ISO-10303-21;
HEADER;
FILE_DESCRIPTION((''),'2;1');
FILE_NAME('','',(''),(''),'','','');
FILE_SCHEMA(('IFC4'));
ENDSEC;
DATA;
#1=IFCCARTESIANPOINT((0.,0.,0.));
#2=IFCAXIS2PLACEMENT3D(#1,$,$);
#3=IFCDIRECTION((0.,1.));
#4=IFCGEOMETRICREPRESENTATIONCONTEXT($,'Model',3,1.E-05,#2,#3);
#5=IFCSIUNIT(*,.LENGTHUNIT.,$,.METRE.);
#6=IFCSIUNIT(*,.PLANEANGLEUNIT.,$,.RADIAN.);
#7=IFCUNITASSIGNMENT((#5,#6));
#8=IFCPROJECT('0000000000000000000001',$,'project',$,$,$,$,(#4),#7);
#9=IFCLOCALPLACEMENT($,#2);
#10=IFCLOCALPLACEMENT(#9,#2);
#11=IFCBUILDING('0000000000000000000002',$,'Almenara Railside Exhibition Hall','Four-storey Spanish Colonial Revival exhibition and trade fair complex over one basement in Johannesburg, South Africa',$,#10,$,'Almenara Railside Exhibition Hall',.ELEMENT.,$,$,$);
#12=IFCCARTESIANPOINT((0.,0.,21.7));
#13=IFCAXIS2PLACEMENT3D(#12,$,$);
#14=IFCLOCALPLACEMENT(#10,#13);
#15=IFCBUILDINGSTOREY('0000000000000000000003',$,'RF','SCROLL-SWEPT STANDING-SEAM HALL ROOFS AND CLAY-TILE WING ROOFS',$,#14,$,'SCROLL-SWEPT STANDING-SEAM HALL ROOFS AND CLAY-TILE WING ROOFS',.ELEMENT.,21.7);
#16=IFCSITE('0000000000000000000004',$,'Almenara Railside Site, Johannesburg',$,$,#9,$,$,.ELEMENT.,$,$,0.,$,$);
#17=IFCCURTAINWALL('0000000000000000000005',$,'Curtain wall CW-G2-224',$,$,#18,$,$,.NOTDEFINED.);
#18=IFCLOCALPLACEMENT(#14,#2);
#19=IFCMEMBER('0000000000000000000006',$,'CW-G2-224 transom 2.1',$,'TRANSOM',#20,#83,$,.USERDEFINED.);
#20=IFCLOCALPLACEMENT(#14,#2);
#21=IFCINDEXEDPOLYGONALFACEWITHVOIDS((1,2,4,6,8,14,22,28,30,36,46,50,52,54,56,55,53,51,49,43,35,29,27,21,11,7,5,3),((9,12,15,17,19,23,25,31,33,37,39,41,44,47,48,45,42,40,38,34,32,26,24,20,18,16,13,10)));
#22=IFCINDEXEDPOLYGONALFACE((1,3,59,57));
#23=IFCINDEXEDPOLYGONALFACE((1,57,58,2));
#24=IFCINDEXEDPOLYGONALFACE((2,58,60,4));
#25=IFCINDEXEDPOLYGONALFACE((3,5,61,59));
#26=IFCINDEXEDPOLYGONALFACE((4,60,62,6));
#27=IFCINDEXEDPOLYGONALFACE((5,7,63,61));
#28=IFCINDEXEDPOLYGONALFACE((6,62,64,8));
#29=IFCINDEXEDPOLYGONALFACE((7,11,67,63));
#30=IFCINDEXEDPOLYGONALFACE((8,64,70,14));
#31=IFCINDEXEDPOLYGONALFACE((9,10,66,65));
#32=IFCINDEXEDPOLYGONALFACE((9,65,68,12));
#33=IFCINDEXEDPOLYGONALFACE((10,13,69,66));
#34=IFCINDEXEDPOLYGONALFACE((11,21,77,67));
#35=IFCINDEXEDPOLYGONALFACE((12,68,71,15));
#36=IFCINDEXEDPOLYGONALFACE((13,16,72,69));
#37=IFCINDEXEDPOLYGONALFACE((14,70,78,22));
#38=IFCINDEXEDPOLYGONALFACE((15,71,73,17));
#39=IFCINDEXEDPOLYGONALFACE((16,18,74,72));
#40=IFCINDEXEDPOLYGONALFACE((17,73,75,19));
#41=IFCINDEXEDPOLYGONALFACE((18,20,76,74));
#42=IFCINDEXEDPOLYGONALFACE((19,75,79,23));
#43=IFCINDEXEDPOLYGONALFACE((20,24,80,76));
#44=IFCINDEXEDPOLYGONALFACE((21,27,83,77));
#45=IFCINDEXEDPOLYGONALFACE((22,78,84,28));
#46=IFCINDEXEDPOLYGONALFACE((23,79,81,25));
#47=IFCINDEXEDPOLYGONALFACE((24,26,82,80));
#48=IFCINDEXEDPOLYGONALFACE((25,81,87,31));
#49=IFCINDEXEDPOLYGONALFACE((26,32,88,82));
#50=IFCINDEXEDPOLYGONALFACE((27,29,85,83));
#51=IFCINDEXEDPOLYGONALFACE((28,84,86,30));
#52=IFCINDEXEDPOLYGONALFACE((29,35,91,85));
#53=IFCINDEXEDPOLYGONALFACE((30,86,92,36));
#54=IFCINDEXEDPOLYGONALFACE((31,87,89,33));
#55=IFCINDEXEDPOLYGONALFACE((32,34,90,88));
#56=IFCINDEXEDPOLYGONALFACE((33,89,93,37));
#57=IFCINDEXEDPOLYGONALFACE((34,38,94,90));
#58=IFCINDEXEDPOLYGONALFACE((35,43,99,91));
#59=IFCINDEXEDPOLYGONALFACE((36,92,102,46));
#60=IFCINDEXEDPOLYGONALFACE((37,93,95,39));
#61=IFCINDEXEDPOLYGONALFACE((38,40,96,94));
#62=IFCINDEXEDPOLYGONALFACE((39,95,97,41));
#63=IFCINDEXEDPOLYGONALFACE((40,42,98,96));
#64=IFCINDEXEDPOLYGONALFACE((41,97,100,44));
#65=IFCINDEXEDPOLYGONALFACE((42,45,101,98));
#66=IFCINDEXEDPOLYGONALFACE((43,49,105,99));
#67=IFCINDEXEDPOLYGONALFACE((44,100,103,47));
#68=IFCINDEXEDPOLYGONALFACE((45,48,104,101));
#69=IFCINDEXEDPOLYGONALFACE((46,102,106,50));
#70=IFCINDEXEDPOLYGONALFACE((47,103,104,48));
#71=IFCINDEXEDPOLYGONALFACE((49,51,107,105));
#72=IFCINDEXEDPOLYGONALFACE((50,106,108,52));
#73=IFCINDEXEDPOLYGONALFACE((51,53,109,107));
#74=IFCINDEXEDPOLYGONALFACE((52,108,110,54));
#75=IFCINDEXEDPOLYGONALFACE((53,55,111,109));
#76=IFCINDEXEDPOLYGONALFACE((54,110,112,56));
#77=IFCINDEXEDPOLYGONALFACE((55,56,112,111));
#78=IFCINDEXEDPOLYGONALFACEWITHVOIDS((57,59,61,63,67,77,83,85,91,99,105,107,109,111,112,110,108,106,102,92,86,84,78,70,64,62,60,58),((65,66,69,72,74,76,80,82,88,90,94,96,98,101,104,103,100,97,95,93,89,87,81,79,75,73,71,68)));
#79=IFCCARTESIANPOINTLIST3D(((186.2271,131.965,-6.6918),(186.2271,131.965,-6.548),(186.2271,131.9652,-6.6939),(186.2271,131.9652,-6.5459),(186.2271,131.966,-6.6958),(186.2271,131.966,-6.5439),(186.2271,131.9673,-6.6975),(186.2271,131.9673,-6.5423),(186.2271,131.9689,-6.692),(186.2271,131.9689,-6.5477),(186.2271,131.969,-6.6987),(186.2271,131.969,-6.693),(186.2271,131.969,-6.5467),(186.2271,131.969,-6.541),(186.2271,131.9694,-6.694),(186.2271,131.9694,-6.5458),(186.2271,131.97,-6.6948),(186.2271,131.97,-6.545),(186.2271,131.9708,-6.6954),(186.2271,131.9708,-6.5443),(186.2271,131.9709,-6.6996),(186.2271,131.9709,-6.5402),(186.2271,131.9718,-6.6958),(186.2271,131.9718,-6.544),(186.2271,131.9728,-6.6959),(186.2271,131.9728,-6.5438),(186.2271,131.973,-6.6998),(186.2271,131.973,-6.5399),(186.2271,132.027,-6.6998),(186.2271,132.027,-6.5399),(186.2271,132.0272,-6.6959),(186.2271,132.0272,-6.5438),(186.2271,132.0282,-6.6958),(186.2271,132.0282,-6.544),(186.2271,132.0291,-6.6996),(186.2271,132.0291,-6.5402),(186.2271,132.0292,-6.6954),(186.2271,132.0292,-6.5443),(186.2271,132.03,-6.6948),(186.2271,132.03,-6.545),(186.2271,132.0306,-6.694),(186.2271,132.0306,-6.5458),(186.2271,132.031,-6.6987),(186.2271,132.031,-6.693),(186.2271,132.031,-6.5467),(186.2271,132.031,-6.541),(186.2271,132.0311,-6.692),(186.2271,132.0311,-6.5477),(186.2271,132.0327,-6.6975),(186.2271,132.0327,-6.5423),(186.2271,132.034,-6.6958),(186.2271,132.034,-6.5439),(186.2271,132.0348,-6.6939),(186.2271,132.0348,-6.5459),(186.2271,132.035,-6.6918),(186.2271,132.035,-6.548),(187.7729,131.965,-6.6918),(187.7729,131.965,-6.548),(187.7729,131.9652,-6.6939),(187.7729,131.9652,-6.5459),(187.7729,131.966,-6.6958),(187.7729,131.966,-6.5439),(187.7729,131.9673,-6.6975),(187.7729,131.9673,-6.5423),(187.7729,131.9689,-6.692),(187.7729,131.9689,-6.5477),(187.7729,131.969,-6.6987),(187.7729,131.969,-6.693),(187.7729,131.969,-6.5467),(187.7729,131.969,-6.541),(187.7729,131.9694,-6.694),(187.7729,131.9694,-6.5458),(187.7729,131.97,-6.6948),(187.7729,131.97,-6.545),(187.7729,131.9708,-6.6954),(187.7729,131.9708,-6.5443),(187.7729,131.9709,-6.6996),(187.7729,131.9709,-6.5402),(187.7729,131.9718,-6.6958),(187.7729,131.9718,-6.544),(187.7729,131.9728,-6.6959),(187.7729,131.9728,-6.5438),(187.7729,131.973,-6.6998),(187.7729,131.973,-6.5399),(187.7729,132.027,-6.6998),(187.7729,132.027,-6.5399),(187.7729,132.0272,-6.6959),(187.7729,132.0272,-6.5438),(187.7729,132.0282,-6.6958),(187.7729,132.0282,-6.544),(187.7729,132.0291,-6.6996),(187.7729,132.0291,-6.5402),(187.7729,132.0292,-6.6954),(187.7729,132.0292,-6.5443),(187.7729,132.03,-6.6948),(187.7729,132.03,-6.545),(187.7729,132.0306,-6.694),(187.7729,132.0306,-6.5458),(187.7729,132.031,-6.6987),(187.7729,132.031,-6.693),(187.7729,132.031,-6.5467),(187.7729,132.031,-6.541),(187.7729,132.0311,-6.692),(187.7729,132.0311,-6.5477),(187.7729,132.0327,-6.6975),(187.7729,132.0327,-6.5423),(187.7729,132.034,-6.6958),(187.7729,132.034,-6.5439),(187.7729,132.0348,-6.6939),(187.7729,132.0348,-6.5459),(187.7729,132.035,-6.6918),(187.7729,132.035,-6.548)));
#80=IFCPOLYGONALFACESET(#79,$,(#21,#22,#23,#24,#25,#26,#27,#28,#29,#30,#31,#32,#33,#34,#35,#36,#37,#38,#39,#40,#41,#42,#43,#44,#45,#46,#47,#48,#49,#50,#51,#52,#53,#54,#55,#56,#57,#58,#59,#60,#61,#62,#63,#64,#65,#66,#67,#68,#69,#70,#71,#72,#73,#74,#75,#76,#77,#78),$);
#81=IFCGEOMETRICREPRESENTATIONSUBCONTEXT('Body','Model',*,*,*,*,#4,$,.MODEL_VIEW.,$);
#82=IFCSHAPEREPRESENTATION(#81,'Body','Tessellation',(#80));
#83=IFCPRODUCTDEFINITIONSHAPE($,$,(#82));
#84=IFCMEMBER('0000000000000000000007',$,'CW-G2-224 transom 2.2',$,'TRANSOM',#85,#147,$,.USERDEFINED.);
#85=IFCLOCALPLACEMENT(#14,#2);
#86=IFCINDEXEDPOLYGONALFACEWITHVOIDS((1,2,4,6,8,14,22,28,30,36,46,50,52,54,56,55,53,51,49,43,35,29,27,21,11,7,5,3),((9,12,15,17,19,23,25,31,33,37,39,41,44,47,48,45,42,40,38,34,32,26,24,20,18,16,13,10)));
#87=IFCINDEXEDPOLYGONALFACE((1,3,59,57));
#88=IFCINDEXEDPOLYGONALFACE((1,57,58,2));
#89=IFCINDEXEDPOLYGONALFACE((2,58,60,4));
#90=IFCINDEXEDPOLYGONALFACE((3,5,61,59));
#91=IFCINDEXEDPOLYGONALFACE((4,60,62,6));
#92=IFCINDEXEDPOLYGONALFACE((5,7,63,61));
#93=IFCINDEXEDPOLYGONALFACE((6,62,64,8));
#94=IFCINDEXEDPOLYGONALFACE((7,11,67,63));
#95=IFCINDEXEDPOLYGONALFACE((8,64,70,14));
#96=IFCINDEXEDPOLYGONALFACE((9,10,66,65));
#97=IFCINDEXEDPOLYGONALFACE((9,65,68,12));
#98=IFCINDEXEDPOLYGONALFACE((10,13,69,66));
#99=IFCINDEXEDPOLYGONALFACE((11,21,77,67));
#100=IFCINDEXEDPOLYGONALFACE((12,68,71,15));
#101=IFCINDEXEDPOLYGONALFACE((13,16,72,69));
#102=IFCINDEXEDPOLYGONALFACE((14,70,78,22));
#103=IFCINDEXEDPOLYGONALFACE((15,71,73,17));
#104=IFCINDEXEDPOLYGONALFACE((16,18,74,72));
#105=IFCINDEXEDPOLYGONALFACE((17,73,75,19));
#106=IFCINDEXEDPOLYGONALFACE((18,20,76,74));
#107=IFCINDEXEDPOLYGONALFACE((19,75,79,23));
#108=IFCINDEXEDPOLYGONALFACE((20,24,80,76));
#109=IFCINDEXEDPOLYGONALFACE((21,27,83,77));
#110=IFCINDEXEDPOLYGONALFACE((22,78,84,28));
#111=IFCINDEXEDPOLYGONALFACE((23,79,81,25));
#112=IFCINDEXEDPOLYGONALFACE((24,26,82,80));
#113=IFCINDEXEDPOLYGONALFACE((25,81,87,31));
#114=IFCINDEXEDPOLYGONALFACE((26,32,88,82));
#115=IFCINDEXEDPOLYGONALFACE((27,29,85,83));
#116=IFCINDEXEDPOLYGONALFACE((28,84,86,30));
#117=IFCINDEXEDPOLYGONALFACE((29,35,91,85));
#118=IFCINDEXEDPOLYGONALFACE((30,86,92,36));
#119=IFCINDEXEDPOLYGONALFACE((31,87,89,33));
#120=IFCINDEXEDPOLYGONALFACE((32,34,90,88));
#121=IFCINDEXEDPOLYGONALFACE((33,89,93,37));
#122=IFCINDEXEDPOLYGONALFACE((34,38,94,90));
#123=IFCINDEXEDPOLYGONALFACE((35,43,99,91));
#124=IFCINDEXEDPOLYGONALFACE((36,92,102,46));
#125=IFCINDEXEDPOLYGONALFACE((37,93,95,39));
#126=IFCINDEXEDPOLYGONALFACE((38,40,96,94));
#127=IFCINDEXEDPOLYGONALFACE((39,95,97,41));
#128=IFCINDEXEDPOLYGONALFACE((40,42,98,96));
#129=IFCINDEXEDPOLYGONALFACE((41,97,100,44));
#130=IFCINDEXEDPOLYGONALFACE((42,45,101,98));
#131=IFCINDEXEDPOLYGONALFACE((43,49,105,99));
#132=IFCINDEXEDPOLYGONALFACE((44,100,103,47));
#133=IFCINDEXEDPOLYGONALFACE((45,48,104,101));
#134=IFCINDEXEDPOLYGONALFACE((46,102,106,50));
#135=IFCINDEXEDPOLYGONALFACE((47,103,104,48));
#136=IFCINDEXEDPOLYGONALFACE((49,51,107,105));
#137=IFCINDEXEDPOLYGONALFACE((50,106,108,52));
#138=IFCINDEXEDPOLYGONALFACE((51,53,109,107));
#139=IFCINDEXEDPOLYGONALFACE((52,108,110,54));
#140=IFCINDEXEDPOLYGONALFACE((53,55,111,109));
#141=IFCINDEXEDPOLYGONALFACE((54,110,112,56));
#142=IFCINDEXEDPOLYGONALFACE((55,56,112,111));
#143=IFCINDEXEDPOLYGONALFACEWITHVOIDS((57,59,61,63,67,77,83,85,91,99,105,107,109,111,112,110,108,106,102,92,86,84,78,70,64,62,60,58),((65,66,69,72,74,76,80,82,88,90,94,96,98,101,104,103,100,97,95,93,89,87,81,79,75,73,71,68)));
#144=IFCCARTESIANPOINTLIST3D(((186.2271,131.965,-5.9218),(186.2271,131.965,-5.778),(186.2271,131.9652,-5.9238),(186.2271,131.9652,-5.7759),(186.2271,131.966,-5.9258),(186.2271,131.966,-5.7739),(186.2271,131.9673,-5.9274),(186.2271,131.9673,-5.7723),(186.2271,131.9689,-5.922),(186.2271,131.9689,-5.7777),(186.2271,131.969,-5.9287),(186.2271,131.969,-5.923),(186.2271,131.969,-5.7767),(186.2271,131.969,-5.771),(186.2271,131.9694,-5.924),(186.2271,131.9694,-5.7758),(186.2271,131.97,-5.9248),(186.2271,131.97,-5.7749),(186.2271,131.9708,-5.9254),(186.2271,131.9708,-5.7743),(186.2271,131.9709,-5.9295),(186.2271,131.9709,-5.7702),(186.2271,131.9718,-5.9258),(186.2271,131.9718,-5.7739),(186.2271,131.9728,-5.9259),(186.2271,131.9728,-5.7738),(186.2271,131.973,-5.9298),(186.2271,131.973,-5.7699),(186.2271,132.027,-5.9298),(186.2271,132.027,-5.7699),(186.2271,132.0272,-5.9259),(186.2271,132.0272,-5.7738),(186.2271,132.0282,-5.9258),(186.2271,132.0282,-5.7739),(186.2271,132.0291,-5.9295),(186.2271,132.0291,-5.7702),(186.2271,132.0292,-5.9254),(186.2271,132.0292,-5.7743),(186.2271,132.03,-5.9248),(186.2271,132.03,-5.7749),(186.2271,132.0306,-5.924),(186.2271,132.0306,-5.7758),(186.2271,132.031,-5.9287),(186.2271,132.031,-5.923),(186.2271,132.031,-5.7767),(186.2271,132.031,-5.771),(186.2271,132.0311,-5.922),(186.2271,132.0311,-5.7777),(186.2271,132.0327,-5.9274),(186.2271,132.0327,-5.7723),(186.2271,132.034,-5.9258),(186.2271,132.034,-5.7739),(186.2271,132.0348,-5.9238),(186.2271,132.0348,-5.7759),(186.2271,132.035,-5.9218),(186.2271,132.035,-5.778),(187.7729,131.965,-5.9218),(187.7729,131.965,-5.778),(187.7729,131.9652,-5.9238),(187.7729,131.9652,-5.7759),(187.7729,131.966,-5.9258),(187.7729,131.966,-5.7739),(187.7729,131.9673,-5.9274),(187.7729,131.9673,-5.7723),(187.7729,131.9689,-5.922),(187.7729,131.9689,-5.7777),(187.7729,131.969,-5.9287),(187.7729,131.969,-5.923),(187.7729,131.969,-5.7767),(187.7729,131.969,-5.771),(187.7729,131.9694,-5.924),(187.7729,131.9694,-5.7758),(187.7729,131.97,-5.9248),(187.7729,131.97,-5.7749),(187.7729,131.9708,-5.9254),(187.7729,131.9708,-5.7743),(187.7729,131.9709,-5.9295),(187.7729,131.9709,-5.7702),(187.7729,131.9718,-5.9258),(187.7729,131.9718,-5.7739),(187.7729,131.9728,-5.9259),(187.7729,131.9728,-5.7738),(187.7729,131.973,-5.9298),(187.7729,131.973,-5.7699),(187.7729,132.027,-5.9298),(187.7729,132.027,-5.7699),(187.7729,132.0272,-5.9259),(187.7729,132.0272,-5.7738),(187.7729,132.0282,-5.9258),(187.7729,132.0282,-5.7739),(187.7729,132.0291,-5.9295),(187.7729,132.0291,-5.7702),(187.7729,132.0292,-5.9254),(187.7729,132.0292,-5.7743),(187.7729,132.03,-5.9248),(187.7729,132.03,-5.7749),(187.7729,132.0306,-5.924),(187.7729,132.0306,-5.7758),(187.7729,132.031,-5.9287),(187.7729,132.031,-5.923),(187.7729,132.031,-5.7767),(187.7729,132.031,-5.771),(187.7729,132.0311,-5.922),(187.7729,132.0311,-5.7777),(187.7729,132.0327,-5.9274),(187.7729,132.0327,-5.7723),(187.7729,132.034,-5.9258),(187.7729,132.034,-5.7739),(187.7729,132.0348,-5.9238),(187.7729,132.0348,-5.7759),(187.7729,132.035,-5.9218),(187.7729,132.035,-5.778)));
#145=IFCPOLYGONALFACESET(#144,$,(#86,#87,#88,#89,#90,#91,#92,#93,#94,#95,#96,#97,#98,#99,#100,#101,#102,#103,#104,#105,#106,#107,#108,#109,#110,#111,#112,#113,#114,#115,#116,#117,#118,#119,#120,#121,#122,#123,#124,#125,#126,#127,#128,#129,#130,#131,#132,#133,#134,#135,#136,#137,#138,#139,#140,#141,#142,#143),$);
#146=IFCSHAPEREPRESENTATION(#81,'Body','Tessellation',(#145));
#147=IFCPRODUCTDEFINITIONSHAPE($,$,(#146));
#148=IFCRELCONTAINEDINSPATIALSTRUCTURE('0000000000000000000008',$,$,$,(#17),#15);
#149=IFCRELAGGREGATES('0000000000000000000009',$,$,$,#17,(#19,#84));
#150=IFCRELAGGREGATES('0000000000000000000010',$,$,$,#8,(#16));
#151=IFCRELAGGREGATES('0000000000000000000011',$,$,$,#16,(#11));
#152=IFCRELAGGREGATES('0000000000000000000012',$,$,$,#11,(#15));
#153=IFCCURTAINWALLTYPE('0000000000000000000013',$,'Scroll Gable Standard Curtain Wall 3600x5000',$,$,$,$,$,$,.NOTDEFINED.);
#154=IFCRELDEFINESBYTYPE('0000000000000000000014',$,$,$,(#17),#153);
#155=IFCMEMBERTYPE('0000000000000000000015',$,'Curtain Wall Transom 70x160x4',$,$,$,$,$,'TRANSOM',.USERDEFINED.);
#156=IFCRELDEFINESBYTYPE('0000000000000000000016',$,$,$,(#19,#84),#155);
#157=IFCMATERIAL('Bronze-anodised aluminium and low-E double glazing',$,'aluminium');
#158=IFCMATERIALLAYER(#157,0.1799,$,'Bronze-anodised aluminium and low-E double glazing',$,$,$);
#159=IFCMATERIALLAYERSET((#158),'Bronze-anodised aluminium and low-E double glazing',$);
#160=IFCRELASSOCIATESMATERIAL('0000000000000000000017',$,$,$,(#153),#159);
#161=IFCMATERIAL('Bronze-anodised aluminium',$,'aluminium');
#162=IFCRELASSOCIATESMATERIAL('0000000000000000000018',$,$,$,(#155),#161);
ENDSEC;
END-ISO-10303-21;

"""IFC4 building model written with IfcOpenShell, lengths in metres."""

from ifc_helpers import new_model, si_unit, direction, frame, origin, origin_2d, place, context, subcontext, project, spatial, hollow_rectangle, extrude, material, layer, layer_set, material_profile, profile_set, type_object, element, aggregate, save


model = new_model("IFC4")

# Units and contexts
model_context = context("Model", 3, precision=1e-05, world=origin(), true_north=direction((0.0, 1.0)))
body_context = subcontext(model_context, "Body", "Model", "MODEL_VIEW")
ifc_project = project(units=[si_unit("LENGTHUNIT", "METRE"), si_unit("PLANEANGLEUNIT", "RADIAN")], contexts=[model_context])

# Site, building, storey
site_placement = place(None, origin())
site = spatial("IfcSite", under=ifc_project, at=site_placement, Name="Almenara Railside Site, Johannesburg", CompositionType="ELEMENT", RefElevation=0.0)
building_placement = place(site_placement, origin())
building = spatial("IfcBuilding", under=site, at=building_placement, Name="Almenara Railside Exhibition Hall", Description="Four-storey Spanish Colonial Revival exhibition and trade fair complex over one basement in Johannesburg, South Africa", LongName="Almenara Railside Exhibition Hall", CompositionType="ELEMENT")
storey_placement = place(building_placement, frame((0.0, 0.0, 21.7)))
storey = spatial("IfcBuildingStorey", under=building, at=storey_placement, Name="RF", Description="SCROLL-SWEPT STANDING-SEAM HALL ROOFS AND CLAY-TILE WING ROOFS", LongName="SCROLL-SWEPT STANDING-SEAM HALL ROOFS AND CLAY-TILE WING ROOFS", CompositionType="ELEMENT", Elevation=21.7)

# Curtain wall
ifc_material_1 = material(Name="Bronze-anodised aluminium and low-E double glazing", Category="aluminium")
ifc_material_2 = material(Name="Bronze-anodised aluminium", Category="aluminium")
ifc_layer_1 = layer(ifc_material_1, 0.1799, Name="Bronze-anodised aluminium and low-E double glazing")
ifc_layer_set_1 = layer_set([ifc_layer_1], Name="Bronze-anodised aluminium and low-E double glazing")
curtain_wall_type_1 = type_object("IfcCurtainWallType", Name="Scroll Gable Standard Curtain Wall 3600x5000", PredefinedType="NOTDEFINED", material=ifc_layer_set_1)
curtain_wall_1_placement = place(storey_placement, origin())
curtain_wall_1 = element("IfcCurtainWall", 1, at=curtain_wall_1_placement, inside=storey, type_object=curtain_wall_type_1, Name="Curtain wall CW-G2-224", PredefinedType="NOTDEFINED")

# Members
ifc_material_profile_1 = material_profile(ifc_material_2, hollow_rectangle(XDim=0.0701, YDim=0.1599, WallThickness=0.0039, InnerFilletRadius=0.0039, OuterFilletRadius=0.0081, at=origin_2d()), Name="ALU-TRN 70x160x4")
ifc_profile_set_1 = profile_set([ifc_material_profile_1], Name="Bronze-anodised aluminium")
member_type_1 = type_object("IfcMemberType", Name="Curtain Wall Transom 70x160x4", ElementType="TRANSOM", PredefinedType="USERDEFINED", material=ifc_profile_set_1)
member_1_placement = place(storey_placement, frame((186.2271, 132.0, -6.6199), z_axis=(1.0, 0.0, 0.0), x_axis=(0.0, 1.0, 0.0)))
member_1 = element("IfcMember", 2, at=member_1_placement, type_object=member_type_1, Name="CW-G2-224 transom 2.1", ObjectType="TRANSOM", PredefinedType="USERDEFINED", context=body_context, shape_type="SweptSolid", body=[
    extrude(hollow_rectangle(XDim=0.0701, YDim=0.1599, WallThickness=0.0039, InnerFilletRadius=0.0039, OuterFilletRadius=0.0081, at=origin_2d()), origin(), (0.0, 0.0, 1.0), 1.5459),
])
member_2_placement = place(storey_placement, frame((186.2271, 132.0, -5.8499), z_axis=(1.0, 0.0, 0.0), x_axis=(0.0, 1.0, 0.0)))
member_2 = element("IfcMember", 3, at=member_2_placement, type_object=member_type_1, Name="CW-G2-224 transom 2.2", ObjectType="TRANSOM", PredefinedType="USERDEFINED", context=body_context, shape_type="SweptSolid", body=[
    extrude(hollow_rectangle(XDim=0.0701, YDim=0.1599, WallThickness=0.0039, InnerFilletRadius=0.0039, OuterFilletRadius=0.0081, at=origin_2d()), origin(), (0.0, 0.0, 1.0), 1.5459),
])

aggregate(curtain_wall_1, [member_1, member_2])

save(model, "model.ifc")
